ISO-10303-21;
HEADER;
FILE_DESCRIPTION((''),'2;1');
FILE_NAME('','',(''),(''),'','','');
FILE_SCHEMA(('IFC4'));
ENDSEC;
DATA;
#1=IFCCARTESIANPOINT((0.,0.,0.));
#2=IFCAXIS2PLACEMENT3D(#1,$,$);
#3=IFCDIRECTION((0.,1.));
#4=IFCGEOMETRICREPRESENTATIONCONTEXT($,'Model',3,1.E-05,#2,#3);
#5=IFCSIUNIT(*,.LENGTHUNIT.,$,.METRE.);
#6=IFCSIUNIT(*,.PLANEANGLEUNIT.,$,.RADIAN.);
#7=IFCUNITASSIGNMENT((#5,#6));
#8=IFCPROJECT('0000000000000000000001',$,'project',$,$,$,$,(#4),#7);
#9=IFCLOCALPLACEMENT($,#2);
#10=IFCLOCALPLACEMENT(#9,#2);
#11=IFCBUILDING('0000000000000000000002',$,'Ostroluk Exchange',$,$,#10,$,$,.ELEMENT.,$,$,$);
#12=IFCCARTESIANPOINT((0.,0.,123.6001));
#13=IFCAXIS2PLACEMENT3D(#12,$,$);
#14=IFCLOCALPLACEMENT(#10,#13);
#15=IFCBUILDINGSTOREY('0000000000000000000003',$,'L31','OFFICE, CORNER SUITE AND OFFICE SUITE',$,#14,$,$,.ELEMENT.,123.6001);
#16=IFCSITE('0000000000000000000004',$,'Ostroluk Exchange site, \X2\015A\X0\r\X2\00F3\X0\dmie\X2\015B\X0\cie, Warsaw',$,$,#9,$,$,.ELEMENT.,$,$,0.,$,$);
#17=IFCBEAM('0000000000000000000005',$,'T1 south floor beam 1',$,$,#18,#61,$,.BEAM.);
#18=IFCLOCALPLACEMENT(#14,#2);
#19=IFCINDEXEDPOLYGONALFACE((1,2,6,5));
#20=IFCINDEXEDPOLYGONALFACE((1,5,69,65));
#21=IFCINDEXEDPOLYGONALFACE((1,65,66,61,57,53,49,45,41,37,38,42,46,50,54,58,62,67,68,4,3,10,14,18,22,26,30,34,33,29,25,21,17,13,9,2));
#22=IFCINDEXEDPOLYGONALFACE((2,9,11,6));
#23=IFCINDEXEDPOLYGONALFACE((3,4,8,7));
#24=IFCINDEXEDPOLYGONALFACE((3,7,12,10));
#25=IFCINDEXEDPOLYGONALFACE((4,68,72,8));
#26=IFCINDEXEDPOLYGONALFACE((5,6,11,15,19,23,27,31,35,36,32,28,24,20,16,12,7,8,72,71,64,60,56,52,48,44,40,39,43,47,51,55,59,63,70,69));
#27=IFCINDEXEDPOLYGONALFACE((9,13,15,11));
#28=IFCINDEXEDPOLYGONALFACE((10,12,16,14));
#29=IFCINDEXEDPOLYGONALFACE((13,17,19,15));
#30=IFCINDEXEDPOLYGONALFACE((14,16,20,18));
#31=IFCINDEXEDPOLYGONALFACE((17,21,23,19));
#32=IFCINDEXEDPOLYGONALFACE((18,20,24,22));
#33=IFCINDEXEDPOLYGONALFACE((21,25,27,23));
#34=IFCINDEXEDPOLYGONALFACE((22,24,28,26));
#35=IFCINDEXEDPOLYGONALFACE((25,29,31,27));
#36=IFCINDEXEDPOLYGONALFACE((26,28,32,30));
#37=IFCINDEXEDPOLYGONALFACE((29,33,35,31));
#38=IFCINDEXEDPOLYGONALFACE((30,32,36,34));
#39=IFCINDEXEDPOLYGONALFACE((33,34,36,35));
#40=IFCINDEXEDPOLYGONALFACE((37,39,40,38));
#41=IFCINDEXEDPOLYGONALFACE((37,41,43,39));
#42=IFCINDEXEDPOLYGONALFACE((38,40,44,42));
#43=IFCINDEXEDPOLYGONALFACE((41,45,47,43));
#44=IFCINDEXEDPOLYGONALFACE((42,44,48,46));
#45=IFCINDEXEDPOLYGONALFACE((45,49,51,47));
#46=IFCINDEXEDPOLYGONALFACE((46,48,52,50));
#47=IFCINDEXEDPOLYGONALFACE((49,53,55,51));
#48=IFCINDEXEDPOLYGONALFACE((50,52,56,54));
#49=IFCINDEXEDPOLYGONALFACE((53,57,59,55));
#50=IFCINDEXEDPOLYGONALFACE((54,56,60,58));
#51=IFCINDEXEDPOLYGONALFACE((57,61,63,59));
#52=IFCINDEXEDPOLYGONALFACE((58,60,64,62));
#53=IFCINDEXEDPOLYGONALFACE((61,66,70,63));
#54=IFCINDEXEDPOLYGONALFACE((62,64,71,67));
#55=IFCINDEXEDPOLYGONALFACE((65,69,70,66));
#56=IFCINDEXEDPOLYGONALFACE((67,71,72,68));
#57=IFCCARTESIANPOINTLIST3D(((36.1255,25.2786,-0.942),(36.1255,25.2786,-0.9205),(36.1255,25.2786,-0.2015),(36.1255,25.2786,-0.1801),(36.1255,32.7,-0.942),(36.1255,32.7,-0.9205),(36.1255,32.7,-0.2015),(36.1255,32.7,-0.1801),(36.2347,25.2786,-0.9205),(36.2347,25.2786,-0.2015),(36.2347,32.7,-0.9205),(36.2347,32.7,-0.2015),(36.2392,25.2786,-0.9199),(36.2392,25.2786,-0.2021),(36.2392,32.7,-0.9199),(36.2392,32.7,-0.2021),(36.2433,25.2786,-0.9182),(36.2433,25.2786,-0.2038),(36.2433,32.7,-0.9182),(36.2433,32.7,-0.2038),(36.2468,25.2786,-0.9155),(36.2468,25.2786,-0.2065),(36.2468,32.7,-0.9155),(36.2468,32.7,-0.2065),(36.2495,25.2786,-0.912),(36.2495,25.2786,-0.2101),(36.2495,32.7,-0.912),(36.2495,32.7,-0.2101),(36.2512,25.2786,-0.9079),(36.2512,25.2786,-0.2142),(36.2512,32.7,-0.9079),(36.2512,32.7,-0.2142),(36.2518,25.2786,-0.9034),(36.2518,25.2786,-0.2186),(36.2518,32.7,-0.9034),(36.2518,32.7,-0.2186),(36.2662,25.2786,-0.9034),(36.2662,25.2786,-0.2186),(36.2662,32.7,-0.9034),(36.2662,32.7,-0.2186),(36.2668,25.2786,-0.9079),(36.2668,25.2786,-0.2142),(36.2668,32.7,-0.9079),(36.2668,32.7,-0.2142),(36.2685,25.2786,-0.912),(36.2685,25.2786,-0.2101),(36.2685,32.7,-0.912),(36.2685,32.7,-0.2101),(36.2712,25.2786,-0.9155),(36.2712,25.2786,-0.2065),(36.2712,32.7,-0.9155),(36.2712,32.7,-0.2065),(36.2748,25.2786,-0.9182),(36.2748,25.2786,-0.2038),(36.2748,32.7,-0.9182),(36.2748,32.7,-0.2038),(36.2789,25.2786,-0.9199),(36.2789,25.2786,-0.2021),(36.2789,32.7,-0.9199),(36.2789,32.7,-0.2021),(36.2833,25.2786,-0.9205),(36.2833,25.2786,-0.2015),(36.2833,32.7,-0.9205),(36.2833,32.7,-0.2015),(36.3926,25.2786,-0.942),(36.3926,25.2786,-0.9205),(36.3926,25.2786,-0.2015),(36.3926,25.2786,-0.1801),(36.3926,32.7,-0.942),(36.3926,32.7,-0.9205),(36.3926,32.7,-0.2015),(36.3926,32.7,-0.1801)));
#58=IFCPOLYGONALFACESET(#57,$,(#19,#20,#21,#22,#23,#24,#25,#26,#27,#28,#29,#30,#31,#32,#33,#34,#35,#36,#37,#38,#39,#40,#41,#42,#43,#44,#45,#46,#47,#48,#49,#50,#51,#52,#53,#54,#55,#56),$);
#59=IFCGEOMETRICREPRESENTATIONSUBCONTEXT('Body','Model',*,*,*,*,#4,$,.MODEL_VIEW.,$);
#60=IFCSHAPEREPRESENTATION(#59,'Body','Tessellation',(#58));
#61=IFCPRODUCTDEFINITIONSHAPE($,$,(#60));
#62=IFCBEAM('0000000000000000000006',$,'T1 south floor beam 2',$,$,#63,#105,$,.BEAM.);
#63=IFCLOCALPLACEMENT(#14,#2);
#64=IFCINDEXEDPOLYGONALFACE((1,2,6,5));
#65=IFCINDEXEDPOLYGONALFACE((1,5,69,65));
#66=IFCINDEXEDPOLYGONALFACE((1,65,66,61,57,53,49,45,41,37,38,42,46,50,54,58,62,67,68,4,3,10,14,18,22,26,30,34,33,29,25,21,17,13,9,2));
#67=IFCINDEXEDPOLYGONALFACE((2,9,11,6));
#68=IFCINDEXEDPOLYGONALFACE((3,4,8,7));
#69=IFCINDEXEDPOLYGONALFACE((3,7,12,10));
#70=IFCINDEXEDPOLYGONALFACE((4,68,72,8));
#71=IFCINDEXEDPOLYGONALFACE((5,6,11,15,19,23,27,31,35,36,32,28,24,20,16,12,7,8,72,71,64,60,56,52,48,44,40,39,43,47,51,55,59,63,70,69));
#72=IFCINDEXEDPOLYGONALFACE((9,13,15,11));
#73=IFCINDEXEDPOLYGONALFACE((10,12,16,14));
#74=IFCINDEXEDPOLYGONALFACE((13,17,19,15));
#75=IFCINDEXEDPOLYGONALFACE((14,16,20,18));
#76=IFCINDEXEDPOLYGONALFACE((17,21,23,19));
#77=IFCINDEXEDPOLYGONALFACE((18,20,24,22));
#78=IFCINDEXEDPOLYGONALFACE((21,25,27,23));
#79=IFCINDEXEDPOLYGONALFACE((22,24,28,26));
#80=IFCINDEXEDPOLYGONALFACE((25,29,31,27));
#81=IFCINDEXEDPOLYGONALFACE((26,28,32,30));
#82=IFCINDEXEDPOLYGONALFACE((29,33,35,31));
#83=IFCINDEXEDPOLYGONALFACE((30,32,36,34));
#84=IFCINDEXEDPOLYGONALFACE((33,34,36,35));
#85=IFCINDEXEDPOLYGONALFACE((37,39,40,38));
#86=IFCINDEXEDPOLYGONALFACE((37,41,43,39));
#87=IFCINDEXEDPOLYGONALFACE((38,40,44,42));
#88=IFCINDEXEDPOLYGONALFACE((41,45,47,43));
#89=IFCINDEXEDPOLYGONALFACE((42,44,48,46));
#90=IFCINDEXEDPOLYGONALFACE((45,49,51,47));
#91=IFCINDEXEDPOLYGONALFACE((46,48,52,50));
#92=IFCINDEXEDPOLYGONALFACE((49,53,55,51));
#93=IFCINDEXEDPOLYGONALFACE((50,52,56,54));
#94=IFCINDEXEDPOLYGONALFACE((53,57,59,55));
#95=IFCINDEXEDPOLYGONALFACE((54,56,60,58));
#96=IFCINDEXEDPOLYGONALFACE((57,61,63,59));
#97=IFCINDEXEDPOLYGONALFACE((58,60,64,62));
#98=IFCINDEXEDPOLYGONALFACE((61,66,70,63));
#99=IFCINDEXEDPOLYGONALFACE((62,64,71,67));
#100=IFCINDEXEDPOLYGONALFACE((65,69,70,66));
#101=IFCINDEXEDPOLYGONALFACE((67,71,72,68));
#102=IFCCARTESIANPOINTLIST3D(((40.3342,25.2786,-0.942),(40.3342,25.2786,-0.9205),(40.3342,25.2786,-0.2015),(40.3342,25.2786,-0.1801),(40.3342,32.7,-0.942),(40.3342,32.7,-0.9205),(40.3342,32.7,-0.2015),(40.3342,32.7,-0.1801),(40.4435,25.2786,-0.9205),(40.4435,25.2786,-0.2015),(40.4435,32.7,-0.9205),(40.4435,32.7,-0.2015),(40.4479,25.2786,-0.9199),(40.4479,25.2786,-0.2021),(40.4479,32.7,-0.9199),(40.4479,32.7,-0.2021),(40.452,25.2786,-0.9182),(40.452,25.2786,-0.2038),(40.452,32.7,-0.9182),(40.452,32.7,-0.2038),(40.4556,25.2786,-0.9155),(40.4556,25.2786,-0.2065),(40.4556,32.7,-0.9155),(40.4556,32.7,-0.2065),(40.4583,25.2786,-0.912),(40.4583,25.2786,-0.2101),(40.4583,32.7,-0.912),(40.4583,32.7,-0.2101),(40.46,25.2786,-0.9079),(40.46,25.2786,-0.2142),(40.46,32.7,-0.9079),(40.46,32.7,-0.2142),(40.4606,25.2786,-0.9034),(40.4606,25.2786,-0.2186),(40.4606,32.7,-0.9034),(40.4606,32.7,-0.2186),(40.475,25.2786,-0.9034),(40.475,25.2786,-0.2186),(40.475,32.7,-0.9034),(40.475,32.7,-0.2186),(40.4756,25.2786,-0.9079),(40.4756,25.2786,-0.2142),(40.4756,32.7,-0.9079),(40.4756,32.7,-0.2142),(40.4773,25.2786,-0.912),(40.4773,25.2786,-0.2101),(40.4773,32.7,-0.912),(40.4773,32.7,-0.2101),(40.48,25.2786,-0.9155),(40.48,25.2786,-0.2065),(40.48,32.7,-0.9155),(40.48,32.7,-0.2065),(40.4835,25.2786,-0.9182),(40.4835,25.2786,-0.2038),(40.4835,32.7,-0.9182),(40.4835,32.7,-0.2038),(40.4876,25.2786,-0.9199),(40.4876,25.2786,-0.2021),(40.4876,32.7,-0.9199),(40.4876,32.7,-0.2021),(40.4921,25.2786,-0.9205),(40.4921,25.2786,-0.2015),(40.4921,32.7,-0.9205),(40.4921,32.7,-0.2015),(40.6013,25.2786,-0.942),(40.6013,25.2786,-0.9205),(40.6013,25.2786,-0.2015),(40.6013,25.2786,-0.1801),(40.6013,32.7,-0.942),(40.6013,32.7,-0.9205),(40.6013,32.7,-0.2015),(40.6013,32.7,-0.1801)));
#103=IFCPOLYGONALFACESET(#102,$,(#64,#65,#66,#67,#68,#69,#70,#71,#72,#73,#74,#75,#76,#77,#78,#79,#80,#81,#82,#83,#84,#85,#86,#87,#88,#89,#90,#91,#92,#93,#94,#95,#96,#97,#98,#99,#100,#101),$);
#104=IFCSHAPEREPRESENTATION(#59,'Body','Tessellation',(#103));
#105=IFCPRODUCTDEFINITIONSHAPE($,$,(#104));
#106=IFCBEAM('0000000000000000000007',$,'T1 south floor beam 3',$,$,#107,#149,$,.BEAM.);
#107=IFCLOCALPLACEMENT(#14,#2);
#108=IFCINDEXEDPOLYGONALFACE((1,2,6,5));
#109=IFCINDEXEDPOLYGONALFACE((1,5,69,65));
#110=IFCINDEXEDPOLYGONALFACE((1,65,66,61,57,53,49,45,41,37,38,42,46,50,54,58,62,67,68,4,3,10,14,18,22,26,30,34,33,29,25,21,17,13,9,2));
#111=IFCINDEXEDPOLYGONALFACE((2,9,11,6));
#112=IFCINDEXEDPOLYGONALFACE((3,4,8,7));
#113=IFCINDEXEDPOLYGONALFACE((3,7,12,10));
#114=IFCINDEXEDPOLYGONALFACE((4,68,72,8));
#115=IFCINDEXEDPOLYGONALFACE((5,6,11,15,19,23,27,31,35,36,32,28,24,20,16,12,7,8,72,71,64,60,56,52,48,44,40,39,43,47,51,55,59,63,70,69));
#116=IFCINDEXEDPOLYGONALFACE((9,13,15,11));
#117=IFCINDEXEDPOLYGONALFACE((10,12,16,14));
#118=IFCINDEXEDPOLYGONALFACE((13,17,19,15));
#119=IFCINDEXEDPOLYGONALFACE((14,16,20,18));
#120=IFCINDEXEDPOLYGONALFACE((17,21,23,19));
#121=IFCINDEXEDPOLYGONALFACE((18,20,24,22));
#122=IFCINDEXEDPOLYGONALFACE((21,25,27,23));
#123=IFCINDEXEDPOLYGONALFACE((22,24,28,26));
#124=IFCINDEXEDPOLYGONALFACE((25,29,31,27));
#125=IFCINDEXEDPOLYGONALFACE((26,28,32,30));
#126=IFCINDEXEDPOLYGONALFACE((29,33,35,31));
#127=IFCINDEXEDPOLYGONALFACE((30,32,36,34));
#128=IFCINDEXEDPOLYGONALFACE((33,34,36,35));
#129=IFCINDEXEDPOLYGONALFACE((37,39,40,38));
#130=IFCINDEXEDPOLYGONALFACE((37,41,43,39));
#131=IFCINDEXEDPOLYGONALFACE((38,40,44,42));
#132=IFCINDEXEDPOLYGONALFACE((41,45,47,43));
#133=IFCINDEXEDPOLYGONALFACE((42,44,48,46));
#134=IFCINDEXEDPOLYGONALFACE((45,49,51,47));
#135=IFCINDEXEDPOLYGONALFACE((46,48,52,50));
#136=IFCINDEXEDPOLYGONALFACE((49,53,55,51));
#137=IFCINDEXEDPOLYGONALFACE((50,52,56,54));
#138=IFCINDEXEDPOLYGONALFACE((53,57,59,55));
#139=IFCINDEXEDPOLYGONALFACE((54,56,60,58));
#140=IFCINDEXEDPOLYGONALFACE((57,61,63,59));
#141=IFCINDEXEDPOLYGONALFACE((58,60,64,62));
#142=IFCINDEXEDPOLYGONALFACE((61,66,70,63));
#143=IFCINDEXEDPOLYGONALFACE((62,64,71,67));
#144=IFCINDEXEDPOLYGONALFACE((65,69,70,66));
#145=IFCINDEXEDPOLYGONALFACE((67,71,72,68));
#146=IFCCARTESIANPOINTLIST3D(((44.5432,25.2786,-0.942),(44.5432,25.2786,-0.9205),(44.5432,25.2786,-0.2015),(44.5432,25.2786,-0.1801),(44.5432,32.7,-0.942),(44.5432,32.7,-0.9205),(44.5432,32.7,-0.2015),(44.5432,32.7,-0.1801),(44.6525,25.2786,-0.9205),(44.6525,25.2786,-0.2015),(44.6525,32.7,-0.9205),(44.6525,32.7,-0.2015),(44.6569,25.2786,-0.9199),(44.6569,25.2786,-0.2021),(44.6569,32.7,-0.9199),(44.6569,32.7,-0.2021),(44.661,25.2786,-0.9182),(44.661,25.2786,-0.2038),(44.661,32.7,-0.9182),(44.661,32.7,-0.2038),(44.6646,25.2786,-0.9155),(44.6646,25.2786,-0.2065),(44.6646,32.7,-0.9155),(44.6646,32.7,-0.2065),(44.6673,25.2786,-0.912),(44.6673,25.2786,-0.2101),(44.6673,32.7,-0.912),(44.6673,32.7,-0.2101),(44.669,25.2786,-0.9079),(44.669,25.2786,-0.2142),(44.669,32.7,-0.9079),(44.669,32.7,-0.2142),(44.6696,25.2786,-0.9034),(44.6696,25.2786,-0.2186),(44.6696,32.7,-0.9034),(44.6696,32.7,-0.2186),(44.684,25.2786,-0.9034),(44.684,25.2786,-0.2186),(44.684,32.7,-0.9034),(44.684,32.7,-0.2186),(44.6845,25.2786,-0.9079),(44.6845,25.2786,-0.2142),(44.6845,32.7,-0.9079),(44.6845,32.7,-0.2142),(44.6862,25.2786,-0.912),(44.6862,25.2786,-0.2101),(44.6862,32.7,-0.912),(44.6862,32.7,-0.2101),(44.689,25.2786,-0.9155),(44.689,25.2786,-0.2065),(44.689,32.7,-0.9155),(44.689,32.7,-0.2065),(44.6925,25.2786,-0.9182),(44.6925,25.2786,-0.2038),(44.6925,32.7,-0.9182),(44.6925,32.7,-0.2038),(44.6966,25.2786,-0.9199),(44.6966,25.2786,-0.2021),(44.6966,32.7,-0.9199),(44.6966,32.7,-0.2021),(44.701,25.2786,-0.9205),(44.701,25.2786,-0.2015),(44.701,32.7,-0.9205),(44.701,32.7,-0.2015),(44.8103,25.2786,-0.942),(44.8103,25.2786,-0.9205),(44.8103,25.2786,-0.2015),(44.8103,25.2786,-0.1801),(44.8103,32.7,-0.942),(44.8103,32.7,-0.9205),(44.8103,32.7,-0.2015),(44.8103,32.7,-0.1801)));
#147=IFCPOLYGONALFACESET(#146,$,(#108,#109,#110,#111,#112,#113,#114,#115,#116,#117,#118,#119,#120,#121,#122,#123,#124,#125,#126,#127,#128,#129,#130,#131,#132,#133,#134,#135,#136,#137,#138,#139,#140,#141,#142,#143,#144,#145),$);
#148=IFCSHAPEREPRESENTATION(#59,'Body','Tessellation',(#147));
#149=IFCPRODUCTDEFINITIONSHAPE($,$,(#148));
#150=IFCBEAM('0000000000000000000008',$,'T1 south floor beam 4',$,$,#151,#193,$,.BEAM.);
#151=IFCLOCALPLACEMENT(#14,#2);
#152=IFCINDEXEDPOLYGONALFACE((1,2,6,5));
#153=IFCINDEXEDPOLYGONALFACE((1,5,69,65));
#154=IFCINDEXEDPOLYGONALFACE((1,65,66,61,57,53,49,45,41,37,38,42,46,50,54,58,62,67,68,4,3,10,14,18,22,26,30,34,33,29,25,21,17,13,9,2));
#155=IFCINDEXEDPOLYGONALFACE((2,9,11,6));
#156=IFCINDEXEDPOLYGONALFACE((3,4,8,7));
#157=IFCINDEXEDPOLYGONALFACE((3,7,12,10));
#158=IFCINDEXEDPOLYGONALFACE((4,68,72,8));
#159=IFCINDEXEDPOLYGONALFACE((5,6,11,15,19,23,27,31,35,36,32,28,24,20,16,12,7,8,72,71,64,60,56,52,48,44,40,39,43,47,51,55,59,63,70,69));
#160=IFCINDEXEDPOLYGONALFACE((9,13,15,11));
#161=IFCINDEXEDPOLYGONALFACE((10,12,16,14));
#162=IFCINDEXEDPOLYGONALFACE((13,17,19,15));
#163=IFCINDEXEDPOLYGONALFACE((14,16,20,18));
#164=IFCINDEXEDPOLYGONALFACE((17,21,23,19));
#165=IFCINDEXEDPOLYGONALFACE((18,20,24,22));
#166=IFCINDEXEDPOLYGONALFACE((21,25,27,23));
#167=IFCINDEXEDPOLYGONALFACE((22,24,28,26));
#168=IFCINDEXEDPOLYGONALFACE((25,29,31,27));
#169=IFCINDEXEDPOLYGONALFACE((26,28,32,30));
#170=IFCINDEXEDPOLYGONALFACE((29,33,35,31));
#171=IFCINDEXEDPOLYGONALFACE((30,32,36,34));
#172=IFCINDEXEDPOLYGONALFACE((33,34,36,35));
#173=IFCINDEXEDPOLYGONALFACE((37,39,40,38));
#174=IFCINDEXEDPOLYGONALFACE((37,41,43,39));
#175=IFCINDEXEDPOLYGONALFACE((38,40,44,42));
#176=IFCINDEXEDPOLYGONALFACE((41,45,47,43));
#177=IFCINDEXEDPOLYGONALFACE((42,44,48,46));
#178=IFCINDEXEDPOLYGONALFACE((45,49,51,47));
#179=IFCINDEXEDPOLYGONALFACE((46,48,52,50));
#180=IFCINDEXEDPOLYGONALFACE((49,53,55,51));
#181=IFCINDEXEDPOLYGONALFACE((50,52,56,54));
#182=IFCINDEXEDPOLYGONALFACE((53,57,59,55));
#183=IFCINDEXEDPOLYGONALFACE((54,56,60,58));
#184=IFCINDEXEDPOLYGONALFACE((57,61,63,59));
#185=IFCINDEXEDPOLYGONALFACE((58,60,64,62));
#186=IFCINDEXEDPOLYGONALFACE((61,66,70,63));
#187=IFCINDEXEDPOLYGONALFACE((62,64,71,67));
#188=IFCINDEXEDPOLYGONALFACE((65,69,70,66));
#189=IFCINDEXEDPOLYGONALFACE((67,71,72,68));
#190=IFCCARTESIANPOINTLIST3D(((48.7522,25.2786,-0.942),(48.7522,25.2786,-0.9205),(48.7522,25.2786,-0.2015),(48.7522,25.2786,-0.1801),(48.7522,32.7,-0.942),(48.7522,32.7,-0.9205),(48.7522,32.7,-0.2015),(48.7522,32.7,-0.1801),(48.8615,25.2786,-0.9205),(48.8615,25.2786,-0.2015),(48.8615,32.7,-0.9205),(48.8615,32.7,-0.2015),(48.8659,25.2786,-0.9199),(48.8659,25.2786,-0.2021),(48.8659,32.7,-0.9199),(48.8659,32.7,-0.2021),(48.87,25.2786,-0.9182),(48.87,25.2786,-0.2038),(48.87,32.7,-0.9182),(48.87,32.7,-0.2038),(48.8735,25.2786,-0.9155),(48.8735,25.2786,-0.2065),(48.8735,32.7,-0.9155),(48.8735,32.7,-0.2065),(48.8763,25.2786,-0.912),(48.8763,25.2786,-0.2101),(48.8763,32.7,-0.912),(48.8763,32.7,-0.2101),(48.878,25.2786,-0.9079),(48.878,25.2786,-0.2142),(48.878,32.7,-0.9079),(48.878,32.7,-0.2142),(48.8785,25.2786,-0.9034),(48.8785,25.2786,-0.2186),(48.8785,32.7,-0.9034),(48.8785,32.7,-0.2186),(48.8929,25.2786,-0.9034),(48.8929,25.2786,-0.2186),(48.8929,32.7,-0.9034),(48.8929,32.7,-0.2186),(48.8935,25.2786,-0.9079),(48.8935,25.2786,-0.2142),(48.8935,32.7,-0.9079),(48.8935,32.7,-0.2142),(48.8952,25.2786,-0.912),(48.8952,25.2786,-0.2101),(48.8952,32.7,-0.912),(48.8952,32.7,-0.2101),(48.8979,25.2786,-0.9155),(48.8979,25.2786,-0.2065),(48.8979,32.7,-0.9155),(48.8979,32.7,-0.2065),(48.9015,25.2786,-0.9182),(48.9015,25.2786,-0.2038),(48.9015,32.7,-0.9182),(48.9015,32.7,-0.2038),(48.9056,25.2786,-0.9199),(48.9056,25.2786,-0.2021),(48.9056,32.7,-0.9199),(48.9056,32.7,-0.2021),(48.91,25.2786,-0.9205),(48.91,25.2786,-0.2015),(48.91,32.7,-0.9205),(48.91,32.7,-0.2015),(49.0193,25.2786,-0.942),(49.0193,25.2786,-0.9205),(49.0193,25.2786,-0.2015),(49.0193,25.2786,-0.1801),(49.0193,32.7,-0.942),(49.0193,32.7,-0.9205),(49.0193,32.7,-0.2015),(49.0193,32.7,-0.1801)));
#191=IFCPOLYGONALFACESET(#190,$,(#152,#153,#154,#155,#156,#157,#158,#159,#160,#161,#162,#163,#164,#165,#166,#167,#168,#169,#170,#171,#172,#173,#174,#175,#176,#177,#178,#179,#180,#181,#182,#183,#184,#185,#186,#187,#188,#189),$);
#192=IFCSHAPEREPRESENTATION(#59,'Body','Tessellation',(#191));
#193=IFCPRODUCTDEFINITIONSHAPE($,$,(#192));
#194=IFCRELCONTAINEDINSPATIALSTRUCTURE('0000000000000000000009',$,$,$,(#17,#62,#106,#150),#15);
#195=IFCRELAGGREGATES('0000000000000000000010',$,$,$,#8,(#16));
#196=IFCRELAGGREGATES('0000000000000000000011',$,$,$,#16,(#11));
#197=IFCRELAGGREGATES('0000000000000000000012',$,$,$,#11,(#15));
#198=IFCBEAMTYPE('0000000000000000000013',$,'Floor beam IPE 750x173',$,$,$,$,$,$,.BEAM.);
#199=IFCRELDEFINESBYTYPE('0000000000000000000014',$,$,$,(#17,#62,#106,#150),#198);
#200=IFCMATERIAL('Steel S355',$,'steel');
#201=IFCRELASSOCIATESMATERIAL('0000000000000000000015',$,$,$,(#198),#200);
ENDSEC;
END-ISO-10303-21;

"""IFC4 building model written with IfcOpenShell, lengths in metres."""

from ifc_helpers import new_model, si_unit, direction, frame, origin, origin_2d, place, context, subcontext, project, spatial, i_section, extrude, material, material_profile, profile_set, type_object, element, save


model = new_model("IFC4")

# Units and contexts
model_context = context("Model", 3, precision=1e-05, world=origin(), true_north=direction((0.0, 1.0)))
body_context = subcontext(model_context, "Body", "Model", "MODEL_VIEW")
ifc_project = project(units=[si_unit("LENGTHUNIT", "METRE"), si_unit("PLANEANGLEUNIT", "RADIAN")], contexts=[model_context])

# Site, building, storey
site_placement = place(None, origin())
site = spatial("IfcSite", under=ifc_project, at=site_placement, Name="Ostroluk Exchange site, Śródmieście, Warsaw", CompositionType="ELEMENT", RefElevation=0.0)
building_placement = place(site_placement, origin())
building = spatial("IfcBuilding", under=site, at=building_placement, Name="Ostroluk Exchange", CompositionType="ELEMENT")
storey_placement = place(building_placement, frame((0.0, 0.0, 123.6001)))
storey = spatial("IfcBuildingStorey", under=building, at=storey_placement, Name="L31", Description="OFFICE, CORNER SUITE AND OFFICE SUITE", CompositionType="ELEMENT", Elevation=123.6001)

# Beams
ifc_material_1 = material(Name="Steel S355", Category="steel")
ifc_material_profile_1 = material_profile(ifc_material_1, i_section(OverallWidth=0.2671, OverallDepth=0.762, WebThickness=0.0144, FlangeThickness=0.0215, FilletRadius=0.0171, at=origin_2d()), Name="IPE 750x173")
ifc_profile_set_1 = profile_set([ifc_material_profile_1], Name="Steel S355")
beam_type_1 = type_object("IfcBeamType", Name="Floor beam IPE 750x173", PredefinedType="BEAM", material=ifc_profile_set_1)
for number, where, z_axis, x_axis, name in (
    (1, (36.259, 32.7, -0.561), (0.0, -1.0, 0.0), (1.0, 0.0, 0.0), "T1 south floor beam 1"),
    (2, (40.4678, 32.7, -0.561), (0.0, -1.0, 0.0), (1.0, 0.0, 0.0), "T1 south floor beam 2"),
    (3, (44.6768, 32.7, -0.561), (0.0, -1.0, 0.0), (1.0, 0.0, 0.0), "T1 south floor beam 3"),
    (4, (48.8857, 32.7, -0.561), (0.0, -1.0, 0.0), (1.0, 0.0, 0.0), "T1 south floor beam 4"),
):
    element("IfcBeam", number, at=place(storey_placement, frame(where, z_axis=z_axis, x_axis=x_axis)), inside=storey, type_object=beam_type_1, Name=name, PredefinedType="BEAM", context=body_context, shape_type="SweptSolid", body=[
        extrude(i_section(OverallWidth=0.2671, OverallDepth=0.762, WebThickness=0.0144, FlangeThickness=0.0215, FilletRadius=0.0171, at=origin_2d()), origin(), (0.0, 0.0, 1.0), 7.4214),
    ])

save(model, "model.ifc")
